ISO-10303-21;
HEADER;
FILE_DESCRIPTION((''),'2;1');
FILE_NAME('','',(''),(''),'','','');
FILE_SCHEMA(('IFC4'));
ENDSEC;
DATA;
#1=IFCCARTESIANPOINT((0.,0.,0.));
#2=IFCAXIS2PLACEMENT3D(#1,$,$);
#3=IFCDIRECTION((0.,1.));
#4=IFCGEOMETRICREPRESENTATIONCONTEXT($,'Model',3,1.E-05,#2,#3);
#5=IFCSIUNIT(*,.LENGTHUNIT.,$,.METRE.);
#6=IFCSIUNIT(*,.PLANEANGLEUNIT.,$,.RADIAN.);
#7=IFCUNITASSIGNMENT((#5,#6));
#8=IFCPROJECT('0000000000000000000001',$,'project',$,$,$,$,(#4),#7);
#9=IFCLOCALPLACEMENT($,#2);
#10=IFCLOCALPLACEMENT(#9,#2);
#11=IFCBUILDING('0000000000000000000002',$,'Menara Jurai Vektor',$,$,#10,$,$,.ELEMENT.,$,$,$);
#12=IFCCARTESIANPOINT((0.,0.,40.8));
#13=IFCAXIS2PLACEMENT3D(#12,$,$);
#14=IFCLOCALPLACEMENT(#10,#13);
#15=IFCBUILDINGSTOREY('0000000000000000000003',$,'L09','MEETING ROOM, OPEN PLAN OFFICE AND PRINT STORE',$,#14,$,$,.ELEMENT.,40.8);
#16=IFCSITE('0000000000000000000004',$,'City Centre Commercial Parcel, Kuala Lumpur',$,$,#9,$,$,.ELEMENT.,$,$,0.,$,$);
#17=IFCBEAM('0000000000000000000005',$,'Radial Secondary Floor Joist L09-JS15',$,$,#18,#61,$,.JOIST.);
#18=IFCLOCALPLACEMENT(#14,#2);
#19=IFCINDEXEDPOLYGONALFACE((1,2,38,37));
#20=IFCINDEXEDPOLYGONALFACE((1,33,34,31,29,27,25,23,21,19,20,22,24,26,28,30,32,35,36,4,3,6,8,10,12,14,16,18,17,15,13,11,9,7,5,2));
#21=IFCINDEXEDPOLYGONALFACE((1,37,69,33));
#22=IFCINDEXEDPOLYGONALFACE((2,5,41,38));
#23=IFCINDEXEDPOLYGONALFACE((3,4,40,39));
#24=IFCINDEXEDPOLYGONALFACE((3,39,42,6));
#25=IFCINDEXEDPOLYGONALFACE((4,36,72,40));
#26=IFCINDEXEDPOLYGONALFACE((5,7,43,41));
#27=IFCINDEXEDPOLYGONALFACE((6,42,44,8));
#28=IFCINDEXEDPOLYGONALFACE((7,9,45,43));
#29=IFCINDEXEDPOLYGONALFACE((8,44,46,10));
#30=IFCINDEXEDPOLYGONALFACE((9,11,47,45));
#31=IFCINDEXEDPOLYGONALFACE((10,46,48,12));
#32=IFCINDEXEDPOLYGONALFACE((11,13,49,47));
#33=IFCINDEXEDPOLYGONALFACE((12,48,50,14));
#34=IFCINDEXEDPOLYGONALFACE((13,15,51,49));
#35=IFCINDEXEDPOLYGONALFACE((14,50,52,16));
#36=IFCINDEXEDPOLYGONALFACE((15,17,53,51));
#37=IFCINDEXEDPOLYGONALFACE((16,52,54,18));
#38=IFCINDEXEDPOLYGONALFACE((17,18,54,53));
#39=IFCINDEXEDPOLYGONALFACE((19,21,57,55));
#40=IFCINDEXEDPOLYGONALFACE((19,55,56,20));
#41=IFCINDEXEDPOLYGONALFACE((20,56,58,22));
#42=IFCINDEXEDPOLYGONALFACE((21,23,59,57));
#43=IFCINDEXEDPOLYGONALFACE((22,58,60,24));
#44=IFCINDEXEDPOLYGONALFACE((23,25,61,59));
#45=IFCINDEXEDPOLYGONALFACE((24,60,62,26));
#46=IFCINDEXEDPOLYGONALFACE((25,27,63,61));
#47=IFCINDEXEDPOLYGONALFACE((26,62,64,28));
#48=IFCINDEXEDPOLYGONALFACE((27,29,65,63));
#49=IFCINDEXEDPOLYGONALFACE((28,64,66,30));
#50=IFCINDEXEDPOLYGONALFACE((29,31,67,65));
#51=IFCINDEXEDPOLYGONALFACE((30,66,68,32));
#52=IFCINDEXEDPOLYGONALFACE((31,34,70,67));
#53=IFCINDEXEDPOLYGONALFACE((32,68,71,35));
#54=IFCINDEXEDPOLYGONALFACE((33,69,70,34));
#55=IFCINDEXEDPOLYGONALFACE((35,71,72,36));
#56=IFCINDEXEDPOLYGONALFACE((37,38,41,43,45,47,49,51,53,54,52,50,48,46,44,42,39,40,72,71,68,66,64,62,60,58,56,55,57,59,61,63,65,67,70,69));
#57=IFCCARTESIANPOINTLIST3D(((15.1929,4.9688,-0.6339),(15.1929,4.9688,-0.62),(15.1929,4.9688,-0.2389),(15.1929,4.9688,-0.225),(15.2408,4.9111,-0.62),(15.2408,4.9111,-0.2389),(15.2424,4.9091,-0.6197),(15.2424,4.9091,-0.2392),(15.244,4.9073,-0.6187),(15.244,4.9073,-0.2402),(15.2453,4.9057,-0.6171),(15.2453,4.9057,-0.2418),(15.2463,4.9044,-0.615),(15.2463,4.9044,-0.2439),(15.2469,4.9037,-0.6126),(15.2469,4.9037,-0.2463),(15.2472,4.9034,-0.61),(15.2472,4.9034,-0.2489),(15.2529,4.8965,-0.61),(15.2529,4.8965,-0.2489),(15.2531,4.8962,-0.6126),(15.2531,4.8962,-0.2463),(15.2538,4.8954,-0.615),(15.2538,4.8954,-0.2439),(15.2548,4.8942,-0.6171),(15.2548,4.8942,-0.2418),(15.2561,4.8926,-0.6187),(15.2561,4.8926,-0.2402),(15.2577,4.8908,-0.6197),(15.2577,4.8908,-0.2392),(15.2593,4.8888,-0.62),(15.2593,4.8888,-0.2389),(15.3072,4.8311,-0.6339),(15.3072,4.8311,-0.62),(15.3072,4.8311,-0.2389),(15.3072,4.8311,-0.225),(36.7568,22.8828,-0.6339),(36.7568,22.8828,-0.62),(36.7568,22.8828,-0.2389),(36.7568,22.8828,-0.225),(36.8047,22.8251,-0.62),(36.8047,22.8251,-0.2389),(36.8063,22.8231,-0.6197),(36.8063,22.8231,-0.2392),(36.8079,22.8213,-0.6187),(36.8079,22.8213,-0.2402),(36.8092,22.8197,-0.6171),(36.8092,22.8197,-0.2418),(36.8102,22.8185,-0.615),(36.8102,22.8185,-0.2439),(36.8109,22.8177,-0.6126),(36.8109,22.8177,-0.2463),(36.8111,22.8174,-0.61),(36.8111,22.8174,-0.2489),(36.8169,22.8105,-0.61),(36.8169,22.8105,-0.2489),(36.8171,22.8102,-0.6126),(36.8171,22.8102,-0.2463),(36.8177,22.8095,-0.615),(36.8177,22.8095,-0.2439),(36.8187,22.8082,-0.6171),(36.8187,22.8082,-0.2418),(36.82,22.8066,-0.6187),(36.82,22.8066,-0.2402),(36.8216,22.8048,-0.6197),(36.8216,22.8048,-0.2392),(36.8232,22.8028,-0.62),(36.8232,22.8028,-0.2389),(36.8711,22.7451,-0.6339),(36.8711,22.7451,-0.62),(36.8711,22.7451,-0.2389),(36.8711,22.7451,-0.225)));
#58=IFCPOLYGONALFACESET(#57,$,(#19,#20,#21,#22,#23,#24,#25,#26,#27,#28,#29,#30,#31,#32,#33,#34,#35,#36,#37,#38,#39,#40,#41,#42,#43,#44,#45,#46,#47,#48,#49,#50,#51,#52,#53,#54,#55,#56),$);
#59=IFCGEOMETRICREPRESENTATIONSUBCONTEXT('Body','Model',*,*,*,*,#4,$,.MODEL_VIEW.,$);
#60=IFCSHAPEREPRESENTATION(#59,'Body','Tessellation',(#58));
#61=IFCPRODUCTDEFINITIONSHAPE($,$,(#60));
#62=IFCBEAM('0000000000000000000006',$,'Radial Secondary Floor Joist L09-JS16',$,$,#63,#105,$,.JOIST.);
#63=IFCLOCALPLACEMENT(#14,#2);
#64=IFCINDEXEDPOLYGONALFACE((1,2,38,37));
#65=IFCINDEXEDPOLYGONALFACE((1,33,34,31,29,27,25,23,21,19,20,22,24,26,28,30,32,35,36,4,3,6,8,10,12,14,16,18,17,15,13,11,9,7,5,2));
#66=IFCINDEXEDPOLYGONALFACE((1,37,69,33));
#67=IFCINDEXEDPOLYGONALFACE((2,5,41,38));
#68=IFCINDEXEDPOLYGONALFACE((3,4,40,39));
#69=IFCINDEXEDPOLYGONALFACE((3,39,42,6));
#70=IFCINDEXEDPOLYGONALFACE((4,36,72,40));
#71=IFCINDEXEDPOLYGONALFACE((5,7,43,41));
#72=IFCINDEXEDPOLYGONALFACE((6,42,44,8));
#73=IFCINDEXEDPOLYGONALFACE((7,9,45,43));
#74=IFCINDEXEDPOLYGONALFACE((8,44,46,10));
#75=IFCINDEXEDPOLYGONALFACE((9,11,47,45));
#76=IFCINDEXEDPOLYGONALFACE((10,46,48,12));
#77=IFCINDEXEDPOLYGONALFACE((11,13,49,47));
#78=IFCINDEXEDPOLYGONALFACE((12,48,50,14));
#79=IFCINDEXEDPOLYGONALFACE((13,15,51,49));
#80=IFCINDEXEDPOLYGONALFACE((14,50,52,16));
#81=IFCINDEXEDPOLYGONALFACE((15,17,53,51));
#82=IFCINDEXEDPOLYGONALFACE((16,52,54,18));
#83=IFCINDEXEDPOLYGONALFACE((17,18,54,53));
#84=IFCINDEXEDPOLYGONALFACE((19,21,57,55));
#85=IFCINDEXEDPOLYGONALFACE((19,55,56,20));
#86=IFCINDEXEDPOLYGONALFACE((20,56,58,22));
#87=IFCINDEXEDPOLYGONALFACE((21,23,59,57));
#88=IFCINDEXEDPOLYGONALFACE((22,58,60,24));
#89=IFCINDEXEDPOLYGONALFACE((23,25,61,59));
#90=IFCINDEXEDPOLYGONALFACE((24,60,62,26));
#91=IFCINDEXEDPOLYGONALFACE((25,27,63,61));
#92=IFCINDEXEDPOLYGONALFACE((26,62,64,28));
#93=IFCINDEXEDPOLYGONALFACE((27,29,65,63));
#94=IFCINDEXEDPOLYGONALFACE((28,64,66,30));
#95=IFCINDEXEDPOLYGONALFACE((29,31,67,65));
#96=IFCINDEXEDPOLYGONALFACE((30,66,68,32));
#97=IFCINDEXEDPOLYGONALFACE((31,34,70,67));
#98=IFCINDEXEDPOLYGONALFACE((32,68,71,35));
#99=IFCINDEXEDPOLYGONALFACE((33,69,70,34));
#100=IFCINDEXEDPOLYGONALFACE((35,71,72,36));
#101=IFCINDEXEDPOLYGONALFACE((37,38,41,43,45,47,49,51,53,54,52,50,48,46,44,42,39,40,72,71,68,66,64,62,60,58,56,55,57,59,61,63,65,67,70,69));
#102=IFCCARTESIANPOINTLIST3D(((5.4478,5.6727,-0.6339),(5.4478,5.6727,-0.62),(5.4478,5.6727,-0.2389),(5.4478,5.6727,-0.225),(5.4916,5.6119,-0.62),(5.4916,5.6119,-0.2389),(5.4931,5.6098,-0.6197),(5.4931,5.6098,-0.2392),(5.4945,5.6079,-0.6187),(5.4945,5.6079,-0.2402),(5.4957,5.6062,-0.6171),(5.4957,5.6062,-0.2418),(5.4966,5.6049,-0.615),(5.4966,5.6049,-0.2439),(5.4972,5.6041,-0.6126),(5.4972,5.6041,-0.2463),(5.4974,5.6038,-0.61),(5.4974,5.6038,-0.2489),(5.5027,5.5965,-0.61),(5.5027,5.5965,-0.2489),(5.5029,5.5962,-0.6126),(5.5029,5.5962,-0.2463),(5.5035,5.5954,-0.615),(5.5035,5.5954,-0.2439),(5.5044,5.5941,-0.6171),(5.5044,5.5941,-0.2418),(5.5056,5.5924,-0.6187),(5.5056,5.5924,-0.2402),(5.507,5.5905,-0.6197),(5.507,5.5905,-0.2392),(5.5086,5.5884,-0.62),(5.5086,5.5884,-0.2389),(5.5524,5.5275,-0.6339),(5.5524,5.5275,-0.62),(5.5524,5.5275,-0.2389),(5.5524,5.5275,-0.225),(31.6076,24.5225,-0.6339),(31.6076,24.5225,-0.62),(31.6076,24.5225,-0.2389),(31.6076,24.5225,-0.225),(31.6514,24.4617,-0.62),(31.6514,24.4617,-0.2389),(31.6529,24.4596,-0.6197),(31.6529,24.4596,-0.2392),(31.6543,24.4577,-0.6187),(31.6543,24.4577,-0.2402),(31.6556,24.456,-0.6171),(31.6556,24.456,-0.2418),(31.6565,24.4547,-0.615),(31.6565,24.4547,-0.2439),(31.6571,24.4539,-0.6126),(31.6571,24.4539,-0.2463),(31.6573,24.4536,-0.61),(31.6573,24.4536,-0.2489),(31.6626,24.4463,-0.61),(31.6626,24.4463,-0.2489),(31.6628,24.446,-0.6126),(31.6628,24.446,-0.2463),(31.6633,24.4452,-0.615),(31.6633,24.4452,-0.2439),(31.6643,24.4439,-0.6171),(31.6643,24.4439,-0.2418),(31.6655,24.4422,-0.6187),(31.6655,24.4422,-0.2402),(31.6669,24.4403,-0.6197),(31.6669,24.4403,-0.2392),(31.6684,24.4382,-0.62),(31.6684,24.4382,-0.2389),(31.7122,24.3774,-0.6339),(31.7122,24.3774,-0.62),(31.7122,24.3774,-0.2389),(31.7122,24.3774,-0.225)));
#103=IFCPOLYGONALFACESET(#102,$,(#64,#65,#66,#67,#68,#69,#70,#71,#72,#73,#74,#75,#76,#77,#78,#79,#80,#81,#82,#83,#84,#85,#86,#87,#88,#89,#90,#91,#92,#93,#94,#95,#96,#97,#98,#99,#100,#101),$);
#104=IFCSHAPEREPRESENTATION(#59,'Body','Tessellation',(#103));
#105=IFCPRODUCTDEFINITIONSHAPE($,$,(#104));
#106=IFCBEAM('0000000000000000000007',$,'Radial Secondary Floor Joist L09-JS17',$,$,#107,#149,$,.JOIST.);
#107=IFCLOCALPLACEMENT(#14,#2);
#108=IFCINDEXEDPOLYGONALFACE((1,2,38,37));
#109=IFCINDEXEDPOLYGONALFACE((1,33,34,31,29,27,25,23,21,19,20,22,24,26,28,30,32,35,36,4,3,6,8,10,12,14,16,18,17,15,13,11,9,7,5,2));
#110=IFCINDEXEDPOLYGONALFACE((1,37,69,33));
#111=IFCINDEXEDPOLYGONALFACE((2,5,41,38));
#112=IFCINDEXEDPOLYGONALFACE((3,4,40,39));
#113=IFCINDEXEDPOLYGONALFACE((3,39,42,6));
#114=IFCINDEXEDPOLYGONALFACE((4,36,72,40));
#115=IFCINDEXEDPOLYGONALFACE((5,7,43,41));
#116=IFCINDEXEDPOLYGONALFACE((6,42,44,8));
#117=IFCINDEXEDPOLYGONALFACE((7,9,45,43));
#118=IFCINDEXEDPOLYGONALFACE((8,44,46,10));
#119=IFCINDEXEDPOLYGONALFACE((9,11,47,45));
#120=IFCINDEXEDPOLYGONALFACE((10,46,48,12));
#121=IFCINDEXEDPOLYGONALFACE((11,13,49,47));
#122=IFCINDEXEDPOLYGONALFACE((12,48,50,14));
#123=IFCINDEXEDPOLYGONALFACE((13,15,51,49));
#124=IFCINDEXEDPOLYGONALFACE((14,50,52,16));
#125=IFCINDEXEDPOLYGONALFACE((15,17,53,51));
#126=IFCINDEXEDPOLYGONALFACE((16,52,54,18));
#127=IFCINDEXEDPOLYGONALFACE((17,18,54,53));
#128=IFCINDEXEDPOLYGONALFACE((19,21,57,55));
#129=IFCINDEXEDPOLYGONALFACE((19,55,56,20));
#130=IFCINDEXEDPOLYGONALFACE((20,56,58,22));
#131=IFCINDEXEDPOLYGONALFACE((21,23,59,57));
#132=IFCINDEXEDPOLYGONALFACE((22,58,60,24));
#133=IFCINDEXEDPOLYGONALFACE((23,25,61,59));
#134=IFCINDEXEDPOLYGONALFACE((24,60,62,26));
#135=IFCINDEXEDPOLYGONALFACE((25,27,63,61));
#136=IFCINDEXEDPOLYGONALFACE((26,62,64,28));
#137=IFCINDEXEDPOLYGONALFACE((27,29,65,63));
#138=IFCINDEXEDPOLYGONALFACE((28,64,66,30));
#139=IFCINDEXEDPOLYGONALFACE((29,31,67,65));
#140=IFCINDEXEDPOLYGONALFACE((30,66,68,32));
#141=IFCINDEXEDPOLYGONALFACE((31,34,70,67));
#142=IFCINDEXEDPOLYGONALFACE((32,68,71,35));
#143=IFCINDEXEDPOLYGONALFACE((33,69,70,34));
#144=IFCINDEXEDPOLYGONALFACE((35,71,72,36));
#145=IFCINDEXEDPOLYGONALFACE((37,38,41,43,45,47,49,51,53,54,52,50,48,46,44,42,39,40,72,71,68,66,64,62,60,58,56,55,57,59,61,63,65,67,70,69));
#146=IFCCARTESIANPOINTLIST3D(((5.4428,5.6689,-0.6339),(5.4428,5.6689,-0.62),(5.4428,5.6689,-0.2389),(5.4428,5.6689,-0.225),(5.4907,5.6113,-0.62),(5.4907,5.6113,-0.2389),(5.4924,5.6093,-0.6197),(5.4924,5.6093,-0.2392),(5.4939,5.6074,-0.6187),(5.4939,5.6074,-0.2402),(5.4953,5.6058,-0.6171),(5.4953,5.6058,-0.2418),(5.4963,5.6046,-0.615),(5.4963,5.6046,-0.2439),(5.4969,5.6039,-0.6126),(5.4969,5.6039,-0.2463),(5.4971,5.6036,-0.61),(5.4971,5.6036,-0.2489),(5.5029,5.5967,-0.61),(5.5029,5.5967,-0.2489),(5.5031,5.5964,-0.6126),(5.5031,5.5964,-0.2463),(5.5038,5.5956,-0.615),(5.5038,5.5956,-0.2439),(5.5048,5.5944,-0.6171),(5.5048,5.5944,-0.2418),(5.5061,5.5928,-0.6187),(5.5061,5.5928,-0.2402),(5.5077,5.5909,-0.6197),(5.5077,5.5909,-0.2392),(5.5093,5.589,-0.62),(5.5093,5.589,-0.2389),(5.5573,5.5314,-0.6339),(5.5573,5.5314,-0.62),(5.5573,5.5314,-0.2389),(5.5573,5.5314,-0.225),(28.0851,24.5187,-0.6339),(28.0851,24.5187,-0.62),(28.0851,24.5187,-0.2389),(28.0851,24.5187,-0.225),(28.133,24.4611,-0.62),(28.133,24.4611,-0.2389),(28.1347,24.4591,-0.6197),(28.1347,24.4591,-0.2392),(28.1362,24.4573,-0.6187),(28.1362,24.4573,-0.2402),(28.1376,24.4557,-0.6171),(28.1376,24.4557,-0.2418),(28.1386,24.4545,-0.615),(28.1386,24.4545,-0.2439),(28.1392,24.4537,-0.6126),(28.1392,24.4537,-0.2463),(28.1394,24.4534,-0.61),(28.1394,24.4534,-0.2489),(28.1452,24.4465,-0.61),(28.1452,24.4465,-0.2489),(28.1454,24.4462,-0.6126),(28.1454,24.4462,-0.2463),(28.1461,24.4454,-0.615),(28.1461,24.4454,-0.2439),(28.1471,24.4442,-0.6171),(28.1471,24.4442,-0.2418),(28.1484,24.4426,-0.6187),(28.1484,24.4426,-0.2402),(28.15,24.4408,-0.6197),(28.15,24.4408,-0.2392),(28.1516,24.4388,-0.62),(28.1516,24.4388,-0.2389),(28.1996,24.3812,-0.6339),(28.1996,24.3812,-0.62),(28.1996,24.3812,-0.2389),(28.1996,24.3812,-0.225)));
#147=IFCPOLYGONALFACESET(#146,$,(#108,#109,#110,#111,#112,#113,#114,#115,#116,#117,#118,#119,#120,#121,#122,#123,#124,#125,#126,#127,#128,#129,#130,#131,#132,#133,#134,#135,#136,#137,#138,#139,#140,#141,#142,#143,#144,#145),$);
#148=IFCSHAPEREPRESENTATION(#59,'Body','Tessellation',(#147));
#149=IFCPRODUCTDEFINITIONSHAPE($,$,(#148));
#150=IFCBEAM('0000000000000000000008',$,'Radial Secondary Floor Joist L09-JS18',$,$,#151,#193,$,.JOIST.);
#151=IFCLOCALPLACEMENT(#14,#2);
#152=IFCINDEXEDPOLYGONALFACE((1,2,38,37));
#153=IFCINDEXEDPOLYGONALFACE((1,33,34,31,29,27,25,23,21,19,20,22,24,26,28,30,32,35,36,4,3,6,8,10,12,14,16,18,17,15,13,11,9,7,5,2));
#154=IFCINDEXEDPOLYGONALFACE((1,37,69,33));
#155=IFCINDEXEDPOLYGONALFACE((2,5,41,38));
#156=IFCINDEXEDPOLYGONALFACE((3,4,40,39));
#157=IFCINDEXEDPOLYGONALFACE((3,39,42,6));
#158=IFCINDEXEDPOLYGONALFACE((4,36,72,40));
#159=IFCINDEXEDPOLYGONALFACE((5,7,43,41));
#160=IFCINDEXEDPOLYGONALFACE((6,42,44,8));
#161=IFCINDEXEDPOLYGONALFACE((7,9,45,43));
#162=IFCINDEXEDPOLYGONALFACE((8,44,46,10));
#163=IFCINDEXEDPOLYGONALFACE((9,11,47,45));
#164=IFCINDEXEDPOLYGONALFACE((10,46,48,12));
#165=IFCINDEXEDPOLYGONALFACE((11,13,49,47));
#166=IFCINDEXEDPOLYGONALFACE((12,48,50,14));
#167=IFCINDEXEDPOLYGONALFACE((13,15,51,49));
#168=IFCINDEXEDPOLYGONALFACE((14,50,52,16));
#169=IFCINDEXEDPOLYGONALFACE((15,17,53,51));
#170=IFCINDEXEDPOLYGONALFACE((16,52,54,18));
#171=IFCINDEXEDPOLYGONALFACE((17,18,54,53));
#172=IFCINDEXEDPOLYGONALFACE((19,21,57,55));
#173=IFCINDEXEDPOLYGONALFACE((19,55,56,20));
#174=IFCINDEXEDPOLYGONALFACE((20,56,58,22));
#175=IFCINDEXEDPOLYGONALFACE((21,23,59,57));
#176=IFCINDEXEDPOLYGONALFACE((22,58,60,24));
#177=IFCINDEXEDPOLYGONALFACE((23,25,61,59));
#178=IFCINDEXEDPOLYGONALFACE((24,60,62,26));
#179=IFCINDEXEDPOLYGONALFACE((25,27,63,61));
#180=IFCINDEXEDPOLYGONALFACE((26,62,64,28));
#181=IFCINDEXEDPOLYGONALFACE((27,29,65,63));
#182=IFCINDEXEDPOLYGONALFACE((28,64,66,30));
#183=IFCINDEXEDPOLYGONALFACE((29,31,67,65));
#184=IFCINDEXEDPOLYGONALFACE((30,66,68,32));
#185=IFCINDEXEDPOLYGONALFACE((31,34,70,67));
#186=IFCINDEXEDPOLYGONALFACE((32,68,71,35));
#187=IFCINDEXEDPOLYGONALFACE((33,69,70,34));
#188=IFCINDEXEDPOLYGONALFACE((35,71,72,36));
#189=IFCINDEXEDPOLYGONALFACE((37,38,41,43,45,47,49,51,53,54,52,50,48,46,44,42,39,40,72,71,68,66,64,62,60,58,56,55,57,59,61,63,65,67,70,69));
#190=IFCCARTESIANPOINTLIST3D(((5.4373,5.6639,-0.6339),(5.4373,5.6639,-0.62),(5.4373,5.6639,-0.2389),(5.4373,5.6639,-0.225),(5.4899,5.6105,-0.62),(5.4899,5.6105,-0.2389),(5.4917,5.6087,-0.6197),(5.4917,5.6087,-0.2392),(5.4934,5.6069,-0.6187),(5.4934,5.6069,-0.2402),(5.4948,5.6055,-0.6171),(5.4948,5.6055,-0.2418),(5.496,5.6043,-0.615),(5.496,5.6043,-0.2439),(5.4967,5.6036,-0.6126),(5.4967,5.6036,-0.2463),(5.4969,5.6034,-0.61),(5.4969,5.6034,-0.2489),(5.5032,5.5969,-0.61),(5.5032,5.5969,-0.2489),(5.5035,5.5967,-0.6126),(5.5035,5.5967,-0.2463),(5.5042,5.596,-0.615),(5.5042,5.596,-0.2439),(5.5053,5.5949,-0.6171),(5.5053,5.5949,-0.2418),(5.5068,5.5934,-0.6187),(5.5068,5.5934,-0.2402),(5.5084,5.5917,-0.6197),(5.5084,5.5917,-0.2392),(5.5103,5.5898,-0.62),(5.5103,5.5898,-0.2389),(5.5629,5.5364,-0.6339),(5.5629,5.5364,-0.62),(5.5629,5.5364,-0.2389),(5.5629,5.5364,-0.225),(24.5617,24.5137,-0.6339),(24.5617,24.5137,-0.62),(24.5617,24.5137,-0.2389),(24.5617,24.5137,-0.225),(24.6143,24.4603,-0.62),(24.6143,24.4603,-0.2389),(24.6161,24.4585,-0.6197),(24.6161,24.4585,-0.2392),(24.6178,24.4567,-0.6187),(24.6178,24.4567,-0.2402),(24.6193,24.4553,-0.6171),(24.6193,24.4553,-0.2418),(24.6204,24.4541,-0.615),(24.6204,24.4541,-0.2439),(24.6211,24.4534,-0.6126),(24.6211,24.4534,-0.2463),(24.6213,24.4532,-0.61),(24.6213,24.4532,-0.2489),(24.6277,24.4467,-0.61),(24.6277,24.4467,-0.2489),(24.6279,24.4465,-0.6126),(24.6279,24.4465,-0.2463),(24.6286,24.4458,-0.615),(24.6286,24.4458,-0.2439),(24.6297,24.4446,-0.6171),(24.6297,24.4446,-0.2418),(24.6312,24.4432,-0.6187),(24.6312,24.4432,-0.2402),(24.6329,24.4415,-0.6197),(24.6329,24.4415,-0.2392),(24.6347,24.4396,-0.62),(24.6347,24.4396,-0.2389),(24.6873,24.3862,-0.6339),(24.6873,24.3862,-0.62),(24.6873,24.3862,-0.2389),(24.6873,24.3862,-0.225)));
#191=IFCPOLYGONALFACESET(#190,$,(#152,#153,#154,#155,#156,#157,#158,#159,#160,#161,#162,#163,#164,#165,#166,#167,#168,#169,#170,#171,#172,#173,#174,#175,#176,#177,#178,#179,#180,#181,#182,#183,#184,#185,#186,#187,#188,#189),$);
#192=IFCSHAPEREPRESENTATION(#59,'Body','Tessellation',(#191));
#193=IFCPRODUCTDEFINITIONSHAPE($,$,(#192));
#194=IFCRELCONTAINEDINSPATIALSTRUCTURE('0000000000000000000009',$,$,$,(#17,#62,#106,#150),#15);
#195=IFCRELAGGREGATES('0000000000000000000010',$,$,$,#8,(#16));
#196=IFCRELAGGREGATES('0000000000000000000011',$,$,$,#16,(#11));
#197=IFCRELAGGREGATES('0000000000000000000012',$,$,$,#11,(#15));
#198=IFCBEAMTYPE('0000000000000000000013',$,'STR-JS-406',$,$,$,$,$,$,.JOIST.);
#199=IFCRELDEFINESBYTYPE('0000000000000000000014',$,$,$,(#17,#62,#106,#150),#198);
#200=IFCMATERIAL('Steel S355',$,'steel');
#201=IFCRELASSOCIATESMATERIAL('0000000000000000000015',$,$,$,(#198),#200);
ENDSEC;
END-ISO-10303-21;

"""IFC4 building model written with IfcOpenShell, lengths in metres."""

from ifc_helpers import new_model, si_unit, direction, frame, origin, origin_2d, place, context, subcontext, project, spatial, i_section, extrude, material, material_profile, profile_set, type_object, element, save


model = new_model("IFC4")

# Units and contexts
model_context = context("Model", 3, precision=1e-05, world=origin(), true_north=direction((0.0, 1.0)))
body_context = subcontext(model_context, "Body", "Model", "MODEL_VIEW")
ifc_project = project(units=[si_unit("LENGTHUNIT", "METRE"), si_unit("PLANEANGLEUNIT", "RADIAN")], contexts=[model_context])

# Site, building, storey
site_placement = place(None, origin())
site = spatial("IfcSite", under=ifc_project, at=site_placement, Name="City Centre Commercial Parcel, Kuala Lumpur", CompositionType="ELEMENT", RefElevation=0.0)
building_placement = place(site_placement, origin())
building = spatial("IfcBuilding", under=site, at=building_placement, Name="Menara Jurai Vektor", CompositionType="ELEMENT")
storey_placement = place(building_placement, frame((0.0, 0.0, 40.8)))
storey = spatial("IfcBuildingStorey", under=building, at=storey_placement, Name="L09", Description="MEETING ROOM, OPEN PLAN OFFICE AND PRINT STORE", CompositionType="ELEMENT", Elevation=40.8)

# Shared definitions
ifc_material_1 = material(Name="Steel S355", Category="steel")

# Beams
ifc_material_profile_1 = material_profile(ifc_material_1, i_section(OverallWidth=0.179, OverallDepth=0.4089, WebThickness=0.009, FlangeThickness=0.0139, FilletRadius=0.01, at=origin_2d()), Name="UKB 406x178x67")
ifc_profile_set_1 = profile_set([ifc_material_profile_1], Name="Steel S355")
beam_type_1 = type_object("IfcBeamType", Name="STR-JS-406", PredefinedType="JOIST", material=ifc_profile_set_1)
beam_1_placement = place(storey_placement, frame((36.814, 22.814, -0.4294), z_axis=(-0.769201, -0.639007, 0.0), x_axis=(0.639007, -0.769201, 0.0)))
element("IfcBeam", 1, at=beam_1_placement, inside=storey, type_object=beam_type_1, Name="Radial Secondary Floor Joist L09-JS15", PredefinedType="JOIST", context=body_context, shape_type="SweptSolid", body=[
    extrude(i_section(OverallWidth=0.179, OverallDepth=0.4089, WebThickness=0.009, FlangeThickness=0.0139, FilletRadius=0.01, at=origin_2d()), origin(), (0.0, 0.0, 1.0), 28.0342),
])
beam_2_placement = place(storey_placement, frame((31.6599, 24.45, -0.4294), z_axis=(-0.811318, -0.584605, 0.0), x_axis=(0.584605, -0.811318, 0.0)))
element("IfcBeam", 2, at=beam_2_placement, inside=storey, type_object=beam_type_1, Name="Radial Secondary Floor Joist L09-JS16", PredefinedType="JOIST", context=body_context, shape_type="SweptSolid", body=[
    extrude(i_section(OverallWidth=0.179, OverallDepth=0.4089, WebThickness=0.009, FlangeThickness=0.0139, FilletRadius=0.01, at=origin_2d()), origin(), (0.0, 0.0, 1.0), 32.2437),
])
beam_3_placement = place(storey_placement, frame((28.1423, 24.45, -0.4294), z_axis=(-0.768534, -0.639809, 0.0), x_axis=(0.639809, -0.768534, 0.0)))
element("IfcBeam", 3, at=beam_3_placement, inside=storey, type_object=beam_type_1, Name="Radial Secondary Floor Joist L09-JS17", PredefinedType="JOIST", context=body_context, shape_type="SweptSolid", body=[
    extrude(i_section(OverallWidth=0.179, OverallDepth=0.4089, WebThickness=0.009, FlangeThickness=0.0139, FilletRadius=0.01, at=origin_2d()), origin(), (0.0, 0.0, 1.0), 29.4617),
])
beam_4_placement = place(storey_placement, frame((24.6245, 24.45, -0.4294), z_axis=(-0.712202, -0.701974, 0.0), x_axis=(0.701974, -0.712202, 0.0)))
element("IfcBeam", 4, at=beam_4_placement, inside=storey, type_object=beam_type_1, Name="Radial Secondary Floor Joist L09-JS18", PredefinedType="JOIST", context=body_context, shape_type="SweptSolid", body=[
    extrude(i_section(OverallWidth=0.179, OverallDepth=0.4089, WebThickness=0.009, FlangeThickness=0.0139, FilletRadius=0.01, at=origin_2d()), origin(), (0.0, 0.0, 1.0), 26.8525),
])

save(model, "model.ifc")
